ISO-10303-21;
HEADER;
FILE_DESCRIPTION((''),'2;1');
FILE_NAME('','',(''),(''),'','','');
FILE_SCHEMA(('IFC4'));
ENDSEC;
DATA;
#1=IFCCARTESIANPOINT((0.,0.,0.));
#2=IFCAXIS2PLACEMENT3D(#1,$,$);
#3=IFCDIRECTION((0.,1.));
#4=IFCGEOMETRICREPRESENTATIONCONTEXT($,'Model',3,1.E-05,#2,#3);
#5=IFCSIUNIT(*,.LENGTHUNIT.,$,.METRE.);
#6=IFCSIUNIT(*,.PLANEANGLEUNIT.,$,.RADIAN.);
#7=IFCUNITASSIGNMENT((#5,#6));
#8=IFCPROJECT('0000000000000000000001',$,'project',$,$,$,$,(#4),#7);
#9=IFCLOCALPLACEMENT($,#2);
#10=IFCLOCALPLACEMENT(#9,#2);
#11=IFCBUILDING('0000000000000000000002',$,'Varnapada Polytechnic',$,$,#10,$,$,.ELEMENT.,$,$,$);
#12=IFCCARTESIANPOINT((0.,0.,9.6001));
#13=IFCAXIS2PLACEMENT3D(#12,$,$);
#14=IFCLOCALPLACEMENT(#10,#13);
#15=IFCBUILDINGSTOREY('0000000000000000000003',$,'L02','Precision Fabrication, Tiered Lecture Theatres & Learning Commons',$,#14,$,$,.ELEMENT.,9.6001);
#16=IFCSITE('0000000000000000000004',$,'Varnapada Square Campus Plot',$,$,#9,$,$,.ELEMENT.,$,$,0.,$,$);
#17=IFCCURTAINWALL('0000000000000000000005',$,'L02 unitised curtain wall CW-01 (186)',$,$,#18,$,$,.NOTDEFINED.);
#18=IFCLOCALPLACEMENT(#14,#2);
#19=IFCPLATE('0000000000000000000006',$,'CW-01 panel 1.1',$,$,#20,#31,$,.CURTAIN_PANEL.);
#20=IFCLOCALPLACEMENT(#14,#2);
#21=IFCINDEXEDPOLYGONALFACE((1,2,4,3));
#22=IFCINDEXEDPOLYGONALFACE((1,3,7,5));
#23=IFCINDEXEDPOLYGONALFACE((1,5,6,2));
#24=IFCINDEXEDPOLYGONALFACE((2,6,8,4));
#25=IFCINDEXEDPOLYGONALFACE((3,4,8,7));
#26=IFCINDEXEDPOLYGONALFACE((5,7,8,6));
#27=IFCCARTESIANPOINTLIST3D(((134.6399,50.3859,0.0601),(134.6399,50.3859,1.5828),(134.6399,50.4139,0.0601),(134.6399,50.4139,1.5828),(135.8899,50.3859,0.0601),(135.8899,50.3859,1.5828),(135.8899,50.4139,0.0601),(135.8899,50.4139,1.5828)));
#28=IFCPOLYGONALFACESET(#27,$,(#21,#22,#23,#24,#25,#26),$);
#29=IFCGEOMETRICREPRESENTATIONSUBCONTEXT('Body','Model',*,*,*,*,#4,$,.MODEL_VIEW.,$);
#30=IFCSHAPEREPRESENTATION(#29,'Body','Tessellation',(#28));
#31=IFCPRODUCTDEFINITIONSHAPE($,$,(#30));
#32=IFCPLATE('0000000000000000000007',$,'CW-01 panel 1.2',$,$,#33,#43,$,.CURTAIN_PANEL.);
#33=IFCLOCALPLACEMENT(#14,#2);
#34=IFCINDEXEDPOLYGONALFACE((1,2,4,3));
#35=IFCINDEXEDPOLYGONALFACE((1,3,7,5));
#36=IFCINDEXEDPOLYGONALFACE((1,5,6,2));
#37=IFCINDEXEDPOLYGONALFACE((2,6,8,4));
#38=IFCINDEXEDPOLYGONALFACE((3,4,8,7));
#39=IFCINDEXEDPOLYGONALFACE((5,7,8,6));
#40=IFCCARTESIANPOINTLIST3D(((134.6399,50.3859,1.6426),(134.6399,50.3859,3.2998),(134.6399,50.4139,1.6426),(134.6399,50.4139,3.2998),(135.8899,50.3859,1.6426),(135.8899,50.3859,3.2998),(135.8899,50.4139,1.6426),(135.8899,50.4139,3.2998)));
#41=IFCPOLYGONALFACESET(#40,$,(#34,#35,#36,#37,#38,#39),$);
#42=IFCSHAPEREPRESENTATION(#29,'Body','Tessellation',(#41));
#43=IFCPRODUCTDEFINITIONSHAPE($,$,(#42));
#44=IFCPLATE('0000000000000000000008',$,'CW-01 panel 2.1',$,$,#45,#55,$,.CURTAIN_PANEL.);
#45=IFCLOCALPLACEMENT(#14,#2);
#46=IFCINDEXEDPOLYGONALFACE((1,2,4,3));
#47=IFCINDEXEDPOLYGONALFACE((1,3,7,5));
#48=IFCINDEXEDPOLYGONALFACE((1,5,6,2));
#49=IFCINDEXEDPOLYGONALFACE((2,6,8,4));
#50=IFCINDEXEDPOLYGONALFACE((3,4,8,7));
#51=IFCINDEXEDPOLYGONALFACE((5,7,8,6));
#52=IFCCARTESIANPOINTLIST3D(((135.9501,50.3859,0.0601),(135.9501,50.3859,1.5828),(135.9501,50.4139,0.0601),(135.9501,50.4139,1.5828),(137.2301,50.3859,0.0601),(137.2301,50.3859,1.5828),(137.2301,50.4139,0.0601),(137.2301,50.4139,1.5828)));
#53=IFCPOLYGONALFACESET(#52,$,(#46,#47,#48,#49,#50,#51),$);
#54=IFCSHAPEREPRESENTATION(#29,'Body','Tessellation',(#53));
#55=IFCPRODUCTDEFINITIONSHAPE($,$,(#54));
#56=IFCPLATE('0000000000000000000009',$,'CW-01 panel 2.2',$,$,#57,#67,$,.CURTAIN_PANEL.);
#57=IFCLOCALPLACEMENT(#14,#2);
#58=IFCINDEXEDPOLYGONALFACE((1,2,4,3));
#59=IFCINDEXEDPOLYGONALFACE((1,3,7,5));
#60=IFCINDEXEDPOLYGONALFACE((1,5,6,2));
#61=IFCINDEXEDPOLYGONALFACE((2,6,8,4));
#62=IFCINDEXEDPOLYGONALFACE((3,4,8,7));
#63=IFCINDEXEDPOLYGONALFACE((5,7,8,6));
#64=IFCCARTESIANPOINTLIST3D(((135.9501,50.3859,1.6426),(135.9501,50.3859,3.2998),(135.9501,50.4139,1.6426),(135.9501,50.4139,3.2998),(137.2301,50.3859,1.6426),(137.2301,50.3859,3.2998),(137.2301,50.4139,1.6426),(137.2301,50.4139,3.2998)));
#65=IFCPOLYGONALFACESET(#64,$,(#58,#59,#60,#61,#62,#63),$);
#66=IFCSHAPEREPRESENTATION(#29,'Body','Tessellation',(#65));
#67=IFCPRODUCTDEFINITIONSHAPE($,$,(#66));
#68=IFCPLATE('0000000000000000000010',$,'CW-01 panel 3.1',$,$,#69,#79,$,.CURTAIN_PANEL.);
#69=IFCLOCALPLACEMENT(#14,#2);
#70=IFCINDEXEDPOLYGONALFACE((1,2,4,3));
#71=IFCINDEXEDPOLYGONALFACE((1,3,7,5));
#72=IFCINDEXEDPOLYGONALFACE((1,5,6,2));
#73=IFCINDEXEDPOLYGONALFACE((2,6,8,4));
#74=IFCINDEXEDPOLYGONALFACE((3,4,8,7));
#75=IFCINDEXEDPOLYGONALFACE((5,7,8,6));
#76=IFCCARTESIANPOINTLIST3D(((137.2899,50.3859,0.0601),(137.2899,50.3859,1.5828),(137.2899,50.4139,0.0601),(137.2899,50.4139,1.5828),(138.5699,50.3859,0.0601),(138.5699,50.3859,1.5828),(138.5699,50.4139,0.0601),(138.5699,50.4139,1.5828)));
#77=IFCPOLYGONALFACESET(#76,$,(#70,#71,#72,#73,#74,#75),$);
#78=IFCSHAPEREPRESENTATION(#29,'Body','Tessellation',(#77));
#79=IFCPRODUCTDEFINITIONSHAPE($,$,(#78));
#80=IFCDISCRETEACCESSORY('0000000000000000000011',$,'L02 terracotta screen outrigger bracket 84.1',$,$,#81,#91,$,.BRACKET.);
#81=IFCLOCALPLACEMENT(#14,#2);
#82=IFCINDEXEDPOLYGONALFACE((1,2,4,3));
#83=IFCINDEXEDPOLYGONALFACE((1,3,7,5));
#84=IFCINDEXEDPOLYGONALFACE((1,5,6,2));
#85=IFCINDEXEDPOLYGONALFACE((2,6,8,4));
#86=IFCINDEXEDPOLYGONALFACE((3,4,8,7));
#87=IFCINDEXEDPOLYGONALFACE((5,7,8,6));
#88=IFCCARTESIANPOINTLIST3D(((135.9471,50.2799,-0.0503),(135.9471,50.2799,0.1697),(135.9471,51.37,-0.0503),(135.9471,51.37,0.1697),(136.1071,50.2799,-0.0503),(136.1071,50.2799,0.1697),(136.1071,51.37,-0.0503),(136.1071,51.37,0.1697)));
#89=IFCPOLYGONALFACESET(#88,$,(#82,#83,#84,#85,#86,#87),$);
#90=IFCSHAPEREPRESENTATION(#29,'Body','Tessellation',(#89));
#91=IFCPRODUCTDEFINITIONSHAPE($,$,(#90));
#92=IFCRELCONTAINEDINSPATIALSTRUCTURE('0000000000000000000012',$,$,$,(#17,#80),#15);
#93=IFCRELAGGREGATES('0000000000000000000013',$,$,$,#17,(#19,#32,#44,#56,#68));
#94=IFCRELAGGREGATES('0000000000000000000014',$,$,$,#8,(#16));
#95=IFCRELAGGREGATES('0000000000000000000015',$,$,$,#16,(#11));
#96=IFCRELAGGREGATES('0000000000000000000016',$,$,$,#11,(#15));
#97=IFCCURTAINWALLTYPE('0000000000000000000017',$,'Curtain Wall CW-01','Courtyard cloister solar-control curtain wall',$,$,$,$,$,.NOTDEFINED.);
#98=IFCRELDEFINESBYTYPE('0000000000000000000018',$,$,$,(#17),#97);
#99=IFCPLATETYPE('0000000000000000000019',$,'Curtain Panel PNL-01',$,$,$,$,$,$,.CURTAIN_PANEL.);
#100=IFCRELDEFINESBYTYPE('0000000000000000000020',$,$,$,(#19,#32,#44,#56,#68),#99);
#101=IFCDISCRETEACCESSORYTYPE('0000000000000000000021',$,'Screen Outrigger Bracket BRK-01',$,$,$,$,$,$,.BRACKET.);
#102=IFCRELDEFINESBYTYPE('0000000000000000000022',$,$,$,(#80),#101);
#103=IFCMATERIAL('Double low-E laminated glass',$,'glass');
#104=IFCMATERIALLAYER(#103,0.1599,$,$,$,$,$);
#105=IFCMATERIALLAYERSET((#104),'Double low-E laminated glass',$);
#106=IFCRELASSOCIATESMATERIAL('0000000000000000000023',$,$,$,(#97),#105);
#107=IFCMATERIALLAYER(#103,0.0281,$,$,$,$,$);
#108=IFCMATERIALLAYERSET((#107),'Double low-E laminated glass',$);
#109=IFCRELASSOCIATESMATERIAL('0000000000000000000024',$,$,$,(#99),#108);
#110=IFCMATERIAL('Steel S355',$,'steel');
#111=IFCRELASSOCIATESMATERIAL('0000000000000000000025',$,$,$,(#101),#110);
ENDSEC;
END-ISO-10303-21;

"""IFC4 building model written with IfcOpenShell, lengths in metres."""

from ifc_helpers import new_model, si_unit, direction, frame, origin, origin_2d, place, context, subcontext, project, spatial, rectangle, extrude, material, layer, layer_set, type_object, element, aggregate, save


model = new_model("IFC4")

# Units and contexts
model_context = context("Model", 3, precision=1e-05, world=origin(), true_north=direction((0.0, 1.0)))
body_context = subcontext(model_context, "Body", "Model", "MODEL_VIEW")
ifc_project = project(units=[si_unit("LENGTHUNIT", "METRE"), si_unit("PLANEANGLEUNIT", "RADIAN")], contexts=[model_context])

# Site, building, storey
site_placement = place(None, origin())
site = spatial("IfcSite", under=ifc_project, at=site_placement, Name="Varnapada Square Campus Plot", CompositionType="ELEMENT", RefElevation=0.0)
building_placement = place(site_placement, origin())
building = spatial("IfcBuilding", under=site, at=building_placement, Name="Varnapada Polytechnic", CompositionType="ELEMENT")
storey_placement = place(building_placement, frame((0.0, 0.0, 9.6001)))
storey = spatial("IfcBuildingStorey", under=building, at=storey_placement, Name="L02", Description="Precision Fabrication, Tiered Lecture Theatres & Learning Commons", CompositionType="ELEMENT", Elevation=9.6001)

# Curtain wall, plates
ifc_material_1 = material(Name="Double low-E laminated glass", Category="glass")
ifc_layer_1 = layer(ifc_material_1, 0.1599)
ifc_layer_set_1 = layer_set([ifc_layer_1], Name="Double low-E laminated glass")
curtain_wall_type = type_object("IfcCurtainWallType", Name="Curtain Wall CW-01", Description="Courtyard cloister solar-control curtain wall", PredefinedType="NOTDEFINED", material=ifc_layer_set_1)
curtain_wall_placement = place(storey_placement, origin())
curtain_wall = element("IfcCurtainWall", 1, at=curtain_wall_placement, inside=storey, type_object=curtain_wall_type, Name="L02 unitised curtain wall CW-01 (186)", PredefinedType="NOTDEFINED")
ifc_layer_2 = layer(ifc_material_1, 0.0281)
ifc_layer_set_2 = layer_set([ifc_layer_2], Name="Double low-E laminated glass")
plate_type = type_object("IfcPlateType", Name="Curtain Panel PNL-01", PredefinedType="CURTAIN_PANEL", material=ifc_layer_set_2)
plate_1_placement = place(storey_placement, frame((135.2649, 50.3999, 0.0601), z_axis=(0.0, 0.0, 1.0), x_axis=(1.0, 0.0, 0.0)))
plate_1 = element("IfcPlate", 2, at=plate_1_placement, type_object=plate_type, Name="CW-01 panel 1.1", PredefinedType="CURTAIN_PANEL", context=body_context, shape_type="SweptSolid", body=[
    extrude(rectangle(XDim=1.25, YDim=0.0281, at=origin_2d()), origin(), (0.0, 0.0, 1.0), 1.5227),
])
plate_2_placement = place(storey_placement, frame((135.2649, 50.3999, 1.6426), z_axis=(0.0, 0.0, 1.0), x_axis=(1.0, 0.0, 0.0)))
plate_2 = element("IfcPlate", 3, at=plate_2_placement, type_object=plate_type, Name="CW-01 panel 1.2", PredefinedType="CURTAIN_PANEL", context=body_context, shape_type="SweptSolid", body=[
    extrude(rectangle(XDim=1.25, YDim=0.0281, at=origin_2d()), origin(), (0.0, 0.0, 1.0), 1.6572),
])
plate_3_placement = place(storey_placement, frame((136.5901, 50.3999, 0.0601), z_axis=(0.0, 0.0, 1.0), x_axis=(1.0, 0.0, 0.0)))
plate_3 = element("IfcPlate", 4, at=plate_3_placement, type_object=plate_type, Name="CW-01 panel 2.1", PredefinedType="CURTAIN_PANEL", context=body_context, shape_type="SweptSolid", body=[
    extrude(rectangle(XDim=1.28, YDim=0.0281, at=origin_2d()), origin(), (0.0, 0.0, 1.0), 1.5227),
])
plate_4_placement = place(storey_placement, frame((136.5901, 50.3999, 1.6426), z_axis=(0.0, 0.0, 1.0), x_axis=(1.0, 0.0, 0.0)))
plate_4 = element("IfcPlate", 5, at=plate_4_placement, type_object=plate_type, Name="CW-01 panel 2.2", PredefinedType="CURTAIN_PANEL", context=body_context, shape_type="SweptSolid", body=[
    extrude(rectangle(XDim=1.28, YDim=0.0281, at=origin_2d()), origin(), (0.0, 0.0, 1.0), 1.6572),
])
plate_5_placement = place(storey_placement, frame((137.9299, 50.3999, 0.0601), z_axis=(0.0, 0.0, 1.0), x_axis=(1.0, 0.0, 0.0)))
plate_5 = element("IfcPlate", 6, at=plate_5_placement, type_object=plate_type, Name="CW-01 panel 3.1", PredefinedType="CURTAIN_PANEL", context=body_context, shape_type="SweptSolid", body=[
    extrude(rectangle(XDim=1.28, YDim=0.0281, at=origin_2d()), origin(), (0.0, 0.0, 1.0), 1.5227),
])
aggregate(curtain_wall, [plate_1, plate_2, plate_3, plate_4, plate_5])

# Discrete accessory
ifc_material_2 = material(Name="Steel S355", Category="steel")
discrete_accessory_type = type_object("IfcDiscreteAccessoryType", Name="Screen Outrigger Bracket BRK-01", PredefinedType="BRACKET", material=ifc_material_2)
discrete_accessory_placement = place(storey_placement, frame((136.0271, 50.825, -0.0503), z_axis=(0.0, 0.0, 1.0), x_axis=(1.0, 0.0, 0.0)))
element("IfcDiscreteAccessory", 7, at=discrete_accessory_placement, inside=storey, type_object=discrete_accessory_type, Name="L02 terracotta screen outrigger bracket 84.1", PredefinedType="BRACKET", context=body_context, shape_type="SweptSolid", body=[
    extrude(rectangle(XDim=0.1599, YDim=1.0901, at=origin_2d()), origin(), (0.0, 0.0, 1.0), 0.22),
])

save(model, "model.ifc")
